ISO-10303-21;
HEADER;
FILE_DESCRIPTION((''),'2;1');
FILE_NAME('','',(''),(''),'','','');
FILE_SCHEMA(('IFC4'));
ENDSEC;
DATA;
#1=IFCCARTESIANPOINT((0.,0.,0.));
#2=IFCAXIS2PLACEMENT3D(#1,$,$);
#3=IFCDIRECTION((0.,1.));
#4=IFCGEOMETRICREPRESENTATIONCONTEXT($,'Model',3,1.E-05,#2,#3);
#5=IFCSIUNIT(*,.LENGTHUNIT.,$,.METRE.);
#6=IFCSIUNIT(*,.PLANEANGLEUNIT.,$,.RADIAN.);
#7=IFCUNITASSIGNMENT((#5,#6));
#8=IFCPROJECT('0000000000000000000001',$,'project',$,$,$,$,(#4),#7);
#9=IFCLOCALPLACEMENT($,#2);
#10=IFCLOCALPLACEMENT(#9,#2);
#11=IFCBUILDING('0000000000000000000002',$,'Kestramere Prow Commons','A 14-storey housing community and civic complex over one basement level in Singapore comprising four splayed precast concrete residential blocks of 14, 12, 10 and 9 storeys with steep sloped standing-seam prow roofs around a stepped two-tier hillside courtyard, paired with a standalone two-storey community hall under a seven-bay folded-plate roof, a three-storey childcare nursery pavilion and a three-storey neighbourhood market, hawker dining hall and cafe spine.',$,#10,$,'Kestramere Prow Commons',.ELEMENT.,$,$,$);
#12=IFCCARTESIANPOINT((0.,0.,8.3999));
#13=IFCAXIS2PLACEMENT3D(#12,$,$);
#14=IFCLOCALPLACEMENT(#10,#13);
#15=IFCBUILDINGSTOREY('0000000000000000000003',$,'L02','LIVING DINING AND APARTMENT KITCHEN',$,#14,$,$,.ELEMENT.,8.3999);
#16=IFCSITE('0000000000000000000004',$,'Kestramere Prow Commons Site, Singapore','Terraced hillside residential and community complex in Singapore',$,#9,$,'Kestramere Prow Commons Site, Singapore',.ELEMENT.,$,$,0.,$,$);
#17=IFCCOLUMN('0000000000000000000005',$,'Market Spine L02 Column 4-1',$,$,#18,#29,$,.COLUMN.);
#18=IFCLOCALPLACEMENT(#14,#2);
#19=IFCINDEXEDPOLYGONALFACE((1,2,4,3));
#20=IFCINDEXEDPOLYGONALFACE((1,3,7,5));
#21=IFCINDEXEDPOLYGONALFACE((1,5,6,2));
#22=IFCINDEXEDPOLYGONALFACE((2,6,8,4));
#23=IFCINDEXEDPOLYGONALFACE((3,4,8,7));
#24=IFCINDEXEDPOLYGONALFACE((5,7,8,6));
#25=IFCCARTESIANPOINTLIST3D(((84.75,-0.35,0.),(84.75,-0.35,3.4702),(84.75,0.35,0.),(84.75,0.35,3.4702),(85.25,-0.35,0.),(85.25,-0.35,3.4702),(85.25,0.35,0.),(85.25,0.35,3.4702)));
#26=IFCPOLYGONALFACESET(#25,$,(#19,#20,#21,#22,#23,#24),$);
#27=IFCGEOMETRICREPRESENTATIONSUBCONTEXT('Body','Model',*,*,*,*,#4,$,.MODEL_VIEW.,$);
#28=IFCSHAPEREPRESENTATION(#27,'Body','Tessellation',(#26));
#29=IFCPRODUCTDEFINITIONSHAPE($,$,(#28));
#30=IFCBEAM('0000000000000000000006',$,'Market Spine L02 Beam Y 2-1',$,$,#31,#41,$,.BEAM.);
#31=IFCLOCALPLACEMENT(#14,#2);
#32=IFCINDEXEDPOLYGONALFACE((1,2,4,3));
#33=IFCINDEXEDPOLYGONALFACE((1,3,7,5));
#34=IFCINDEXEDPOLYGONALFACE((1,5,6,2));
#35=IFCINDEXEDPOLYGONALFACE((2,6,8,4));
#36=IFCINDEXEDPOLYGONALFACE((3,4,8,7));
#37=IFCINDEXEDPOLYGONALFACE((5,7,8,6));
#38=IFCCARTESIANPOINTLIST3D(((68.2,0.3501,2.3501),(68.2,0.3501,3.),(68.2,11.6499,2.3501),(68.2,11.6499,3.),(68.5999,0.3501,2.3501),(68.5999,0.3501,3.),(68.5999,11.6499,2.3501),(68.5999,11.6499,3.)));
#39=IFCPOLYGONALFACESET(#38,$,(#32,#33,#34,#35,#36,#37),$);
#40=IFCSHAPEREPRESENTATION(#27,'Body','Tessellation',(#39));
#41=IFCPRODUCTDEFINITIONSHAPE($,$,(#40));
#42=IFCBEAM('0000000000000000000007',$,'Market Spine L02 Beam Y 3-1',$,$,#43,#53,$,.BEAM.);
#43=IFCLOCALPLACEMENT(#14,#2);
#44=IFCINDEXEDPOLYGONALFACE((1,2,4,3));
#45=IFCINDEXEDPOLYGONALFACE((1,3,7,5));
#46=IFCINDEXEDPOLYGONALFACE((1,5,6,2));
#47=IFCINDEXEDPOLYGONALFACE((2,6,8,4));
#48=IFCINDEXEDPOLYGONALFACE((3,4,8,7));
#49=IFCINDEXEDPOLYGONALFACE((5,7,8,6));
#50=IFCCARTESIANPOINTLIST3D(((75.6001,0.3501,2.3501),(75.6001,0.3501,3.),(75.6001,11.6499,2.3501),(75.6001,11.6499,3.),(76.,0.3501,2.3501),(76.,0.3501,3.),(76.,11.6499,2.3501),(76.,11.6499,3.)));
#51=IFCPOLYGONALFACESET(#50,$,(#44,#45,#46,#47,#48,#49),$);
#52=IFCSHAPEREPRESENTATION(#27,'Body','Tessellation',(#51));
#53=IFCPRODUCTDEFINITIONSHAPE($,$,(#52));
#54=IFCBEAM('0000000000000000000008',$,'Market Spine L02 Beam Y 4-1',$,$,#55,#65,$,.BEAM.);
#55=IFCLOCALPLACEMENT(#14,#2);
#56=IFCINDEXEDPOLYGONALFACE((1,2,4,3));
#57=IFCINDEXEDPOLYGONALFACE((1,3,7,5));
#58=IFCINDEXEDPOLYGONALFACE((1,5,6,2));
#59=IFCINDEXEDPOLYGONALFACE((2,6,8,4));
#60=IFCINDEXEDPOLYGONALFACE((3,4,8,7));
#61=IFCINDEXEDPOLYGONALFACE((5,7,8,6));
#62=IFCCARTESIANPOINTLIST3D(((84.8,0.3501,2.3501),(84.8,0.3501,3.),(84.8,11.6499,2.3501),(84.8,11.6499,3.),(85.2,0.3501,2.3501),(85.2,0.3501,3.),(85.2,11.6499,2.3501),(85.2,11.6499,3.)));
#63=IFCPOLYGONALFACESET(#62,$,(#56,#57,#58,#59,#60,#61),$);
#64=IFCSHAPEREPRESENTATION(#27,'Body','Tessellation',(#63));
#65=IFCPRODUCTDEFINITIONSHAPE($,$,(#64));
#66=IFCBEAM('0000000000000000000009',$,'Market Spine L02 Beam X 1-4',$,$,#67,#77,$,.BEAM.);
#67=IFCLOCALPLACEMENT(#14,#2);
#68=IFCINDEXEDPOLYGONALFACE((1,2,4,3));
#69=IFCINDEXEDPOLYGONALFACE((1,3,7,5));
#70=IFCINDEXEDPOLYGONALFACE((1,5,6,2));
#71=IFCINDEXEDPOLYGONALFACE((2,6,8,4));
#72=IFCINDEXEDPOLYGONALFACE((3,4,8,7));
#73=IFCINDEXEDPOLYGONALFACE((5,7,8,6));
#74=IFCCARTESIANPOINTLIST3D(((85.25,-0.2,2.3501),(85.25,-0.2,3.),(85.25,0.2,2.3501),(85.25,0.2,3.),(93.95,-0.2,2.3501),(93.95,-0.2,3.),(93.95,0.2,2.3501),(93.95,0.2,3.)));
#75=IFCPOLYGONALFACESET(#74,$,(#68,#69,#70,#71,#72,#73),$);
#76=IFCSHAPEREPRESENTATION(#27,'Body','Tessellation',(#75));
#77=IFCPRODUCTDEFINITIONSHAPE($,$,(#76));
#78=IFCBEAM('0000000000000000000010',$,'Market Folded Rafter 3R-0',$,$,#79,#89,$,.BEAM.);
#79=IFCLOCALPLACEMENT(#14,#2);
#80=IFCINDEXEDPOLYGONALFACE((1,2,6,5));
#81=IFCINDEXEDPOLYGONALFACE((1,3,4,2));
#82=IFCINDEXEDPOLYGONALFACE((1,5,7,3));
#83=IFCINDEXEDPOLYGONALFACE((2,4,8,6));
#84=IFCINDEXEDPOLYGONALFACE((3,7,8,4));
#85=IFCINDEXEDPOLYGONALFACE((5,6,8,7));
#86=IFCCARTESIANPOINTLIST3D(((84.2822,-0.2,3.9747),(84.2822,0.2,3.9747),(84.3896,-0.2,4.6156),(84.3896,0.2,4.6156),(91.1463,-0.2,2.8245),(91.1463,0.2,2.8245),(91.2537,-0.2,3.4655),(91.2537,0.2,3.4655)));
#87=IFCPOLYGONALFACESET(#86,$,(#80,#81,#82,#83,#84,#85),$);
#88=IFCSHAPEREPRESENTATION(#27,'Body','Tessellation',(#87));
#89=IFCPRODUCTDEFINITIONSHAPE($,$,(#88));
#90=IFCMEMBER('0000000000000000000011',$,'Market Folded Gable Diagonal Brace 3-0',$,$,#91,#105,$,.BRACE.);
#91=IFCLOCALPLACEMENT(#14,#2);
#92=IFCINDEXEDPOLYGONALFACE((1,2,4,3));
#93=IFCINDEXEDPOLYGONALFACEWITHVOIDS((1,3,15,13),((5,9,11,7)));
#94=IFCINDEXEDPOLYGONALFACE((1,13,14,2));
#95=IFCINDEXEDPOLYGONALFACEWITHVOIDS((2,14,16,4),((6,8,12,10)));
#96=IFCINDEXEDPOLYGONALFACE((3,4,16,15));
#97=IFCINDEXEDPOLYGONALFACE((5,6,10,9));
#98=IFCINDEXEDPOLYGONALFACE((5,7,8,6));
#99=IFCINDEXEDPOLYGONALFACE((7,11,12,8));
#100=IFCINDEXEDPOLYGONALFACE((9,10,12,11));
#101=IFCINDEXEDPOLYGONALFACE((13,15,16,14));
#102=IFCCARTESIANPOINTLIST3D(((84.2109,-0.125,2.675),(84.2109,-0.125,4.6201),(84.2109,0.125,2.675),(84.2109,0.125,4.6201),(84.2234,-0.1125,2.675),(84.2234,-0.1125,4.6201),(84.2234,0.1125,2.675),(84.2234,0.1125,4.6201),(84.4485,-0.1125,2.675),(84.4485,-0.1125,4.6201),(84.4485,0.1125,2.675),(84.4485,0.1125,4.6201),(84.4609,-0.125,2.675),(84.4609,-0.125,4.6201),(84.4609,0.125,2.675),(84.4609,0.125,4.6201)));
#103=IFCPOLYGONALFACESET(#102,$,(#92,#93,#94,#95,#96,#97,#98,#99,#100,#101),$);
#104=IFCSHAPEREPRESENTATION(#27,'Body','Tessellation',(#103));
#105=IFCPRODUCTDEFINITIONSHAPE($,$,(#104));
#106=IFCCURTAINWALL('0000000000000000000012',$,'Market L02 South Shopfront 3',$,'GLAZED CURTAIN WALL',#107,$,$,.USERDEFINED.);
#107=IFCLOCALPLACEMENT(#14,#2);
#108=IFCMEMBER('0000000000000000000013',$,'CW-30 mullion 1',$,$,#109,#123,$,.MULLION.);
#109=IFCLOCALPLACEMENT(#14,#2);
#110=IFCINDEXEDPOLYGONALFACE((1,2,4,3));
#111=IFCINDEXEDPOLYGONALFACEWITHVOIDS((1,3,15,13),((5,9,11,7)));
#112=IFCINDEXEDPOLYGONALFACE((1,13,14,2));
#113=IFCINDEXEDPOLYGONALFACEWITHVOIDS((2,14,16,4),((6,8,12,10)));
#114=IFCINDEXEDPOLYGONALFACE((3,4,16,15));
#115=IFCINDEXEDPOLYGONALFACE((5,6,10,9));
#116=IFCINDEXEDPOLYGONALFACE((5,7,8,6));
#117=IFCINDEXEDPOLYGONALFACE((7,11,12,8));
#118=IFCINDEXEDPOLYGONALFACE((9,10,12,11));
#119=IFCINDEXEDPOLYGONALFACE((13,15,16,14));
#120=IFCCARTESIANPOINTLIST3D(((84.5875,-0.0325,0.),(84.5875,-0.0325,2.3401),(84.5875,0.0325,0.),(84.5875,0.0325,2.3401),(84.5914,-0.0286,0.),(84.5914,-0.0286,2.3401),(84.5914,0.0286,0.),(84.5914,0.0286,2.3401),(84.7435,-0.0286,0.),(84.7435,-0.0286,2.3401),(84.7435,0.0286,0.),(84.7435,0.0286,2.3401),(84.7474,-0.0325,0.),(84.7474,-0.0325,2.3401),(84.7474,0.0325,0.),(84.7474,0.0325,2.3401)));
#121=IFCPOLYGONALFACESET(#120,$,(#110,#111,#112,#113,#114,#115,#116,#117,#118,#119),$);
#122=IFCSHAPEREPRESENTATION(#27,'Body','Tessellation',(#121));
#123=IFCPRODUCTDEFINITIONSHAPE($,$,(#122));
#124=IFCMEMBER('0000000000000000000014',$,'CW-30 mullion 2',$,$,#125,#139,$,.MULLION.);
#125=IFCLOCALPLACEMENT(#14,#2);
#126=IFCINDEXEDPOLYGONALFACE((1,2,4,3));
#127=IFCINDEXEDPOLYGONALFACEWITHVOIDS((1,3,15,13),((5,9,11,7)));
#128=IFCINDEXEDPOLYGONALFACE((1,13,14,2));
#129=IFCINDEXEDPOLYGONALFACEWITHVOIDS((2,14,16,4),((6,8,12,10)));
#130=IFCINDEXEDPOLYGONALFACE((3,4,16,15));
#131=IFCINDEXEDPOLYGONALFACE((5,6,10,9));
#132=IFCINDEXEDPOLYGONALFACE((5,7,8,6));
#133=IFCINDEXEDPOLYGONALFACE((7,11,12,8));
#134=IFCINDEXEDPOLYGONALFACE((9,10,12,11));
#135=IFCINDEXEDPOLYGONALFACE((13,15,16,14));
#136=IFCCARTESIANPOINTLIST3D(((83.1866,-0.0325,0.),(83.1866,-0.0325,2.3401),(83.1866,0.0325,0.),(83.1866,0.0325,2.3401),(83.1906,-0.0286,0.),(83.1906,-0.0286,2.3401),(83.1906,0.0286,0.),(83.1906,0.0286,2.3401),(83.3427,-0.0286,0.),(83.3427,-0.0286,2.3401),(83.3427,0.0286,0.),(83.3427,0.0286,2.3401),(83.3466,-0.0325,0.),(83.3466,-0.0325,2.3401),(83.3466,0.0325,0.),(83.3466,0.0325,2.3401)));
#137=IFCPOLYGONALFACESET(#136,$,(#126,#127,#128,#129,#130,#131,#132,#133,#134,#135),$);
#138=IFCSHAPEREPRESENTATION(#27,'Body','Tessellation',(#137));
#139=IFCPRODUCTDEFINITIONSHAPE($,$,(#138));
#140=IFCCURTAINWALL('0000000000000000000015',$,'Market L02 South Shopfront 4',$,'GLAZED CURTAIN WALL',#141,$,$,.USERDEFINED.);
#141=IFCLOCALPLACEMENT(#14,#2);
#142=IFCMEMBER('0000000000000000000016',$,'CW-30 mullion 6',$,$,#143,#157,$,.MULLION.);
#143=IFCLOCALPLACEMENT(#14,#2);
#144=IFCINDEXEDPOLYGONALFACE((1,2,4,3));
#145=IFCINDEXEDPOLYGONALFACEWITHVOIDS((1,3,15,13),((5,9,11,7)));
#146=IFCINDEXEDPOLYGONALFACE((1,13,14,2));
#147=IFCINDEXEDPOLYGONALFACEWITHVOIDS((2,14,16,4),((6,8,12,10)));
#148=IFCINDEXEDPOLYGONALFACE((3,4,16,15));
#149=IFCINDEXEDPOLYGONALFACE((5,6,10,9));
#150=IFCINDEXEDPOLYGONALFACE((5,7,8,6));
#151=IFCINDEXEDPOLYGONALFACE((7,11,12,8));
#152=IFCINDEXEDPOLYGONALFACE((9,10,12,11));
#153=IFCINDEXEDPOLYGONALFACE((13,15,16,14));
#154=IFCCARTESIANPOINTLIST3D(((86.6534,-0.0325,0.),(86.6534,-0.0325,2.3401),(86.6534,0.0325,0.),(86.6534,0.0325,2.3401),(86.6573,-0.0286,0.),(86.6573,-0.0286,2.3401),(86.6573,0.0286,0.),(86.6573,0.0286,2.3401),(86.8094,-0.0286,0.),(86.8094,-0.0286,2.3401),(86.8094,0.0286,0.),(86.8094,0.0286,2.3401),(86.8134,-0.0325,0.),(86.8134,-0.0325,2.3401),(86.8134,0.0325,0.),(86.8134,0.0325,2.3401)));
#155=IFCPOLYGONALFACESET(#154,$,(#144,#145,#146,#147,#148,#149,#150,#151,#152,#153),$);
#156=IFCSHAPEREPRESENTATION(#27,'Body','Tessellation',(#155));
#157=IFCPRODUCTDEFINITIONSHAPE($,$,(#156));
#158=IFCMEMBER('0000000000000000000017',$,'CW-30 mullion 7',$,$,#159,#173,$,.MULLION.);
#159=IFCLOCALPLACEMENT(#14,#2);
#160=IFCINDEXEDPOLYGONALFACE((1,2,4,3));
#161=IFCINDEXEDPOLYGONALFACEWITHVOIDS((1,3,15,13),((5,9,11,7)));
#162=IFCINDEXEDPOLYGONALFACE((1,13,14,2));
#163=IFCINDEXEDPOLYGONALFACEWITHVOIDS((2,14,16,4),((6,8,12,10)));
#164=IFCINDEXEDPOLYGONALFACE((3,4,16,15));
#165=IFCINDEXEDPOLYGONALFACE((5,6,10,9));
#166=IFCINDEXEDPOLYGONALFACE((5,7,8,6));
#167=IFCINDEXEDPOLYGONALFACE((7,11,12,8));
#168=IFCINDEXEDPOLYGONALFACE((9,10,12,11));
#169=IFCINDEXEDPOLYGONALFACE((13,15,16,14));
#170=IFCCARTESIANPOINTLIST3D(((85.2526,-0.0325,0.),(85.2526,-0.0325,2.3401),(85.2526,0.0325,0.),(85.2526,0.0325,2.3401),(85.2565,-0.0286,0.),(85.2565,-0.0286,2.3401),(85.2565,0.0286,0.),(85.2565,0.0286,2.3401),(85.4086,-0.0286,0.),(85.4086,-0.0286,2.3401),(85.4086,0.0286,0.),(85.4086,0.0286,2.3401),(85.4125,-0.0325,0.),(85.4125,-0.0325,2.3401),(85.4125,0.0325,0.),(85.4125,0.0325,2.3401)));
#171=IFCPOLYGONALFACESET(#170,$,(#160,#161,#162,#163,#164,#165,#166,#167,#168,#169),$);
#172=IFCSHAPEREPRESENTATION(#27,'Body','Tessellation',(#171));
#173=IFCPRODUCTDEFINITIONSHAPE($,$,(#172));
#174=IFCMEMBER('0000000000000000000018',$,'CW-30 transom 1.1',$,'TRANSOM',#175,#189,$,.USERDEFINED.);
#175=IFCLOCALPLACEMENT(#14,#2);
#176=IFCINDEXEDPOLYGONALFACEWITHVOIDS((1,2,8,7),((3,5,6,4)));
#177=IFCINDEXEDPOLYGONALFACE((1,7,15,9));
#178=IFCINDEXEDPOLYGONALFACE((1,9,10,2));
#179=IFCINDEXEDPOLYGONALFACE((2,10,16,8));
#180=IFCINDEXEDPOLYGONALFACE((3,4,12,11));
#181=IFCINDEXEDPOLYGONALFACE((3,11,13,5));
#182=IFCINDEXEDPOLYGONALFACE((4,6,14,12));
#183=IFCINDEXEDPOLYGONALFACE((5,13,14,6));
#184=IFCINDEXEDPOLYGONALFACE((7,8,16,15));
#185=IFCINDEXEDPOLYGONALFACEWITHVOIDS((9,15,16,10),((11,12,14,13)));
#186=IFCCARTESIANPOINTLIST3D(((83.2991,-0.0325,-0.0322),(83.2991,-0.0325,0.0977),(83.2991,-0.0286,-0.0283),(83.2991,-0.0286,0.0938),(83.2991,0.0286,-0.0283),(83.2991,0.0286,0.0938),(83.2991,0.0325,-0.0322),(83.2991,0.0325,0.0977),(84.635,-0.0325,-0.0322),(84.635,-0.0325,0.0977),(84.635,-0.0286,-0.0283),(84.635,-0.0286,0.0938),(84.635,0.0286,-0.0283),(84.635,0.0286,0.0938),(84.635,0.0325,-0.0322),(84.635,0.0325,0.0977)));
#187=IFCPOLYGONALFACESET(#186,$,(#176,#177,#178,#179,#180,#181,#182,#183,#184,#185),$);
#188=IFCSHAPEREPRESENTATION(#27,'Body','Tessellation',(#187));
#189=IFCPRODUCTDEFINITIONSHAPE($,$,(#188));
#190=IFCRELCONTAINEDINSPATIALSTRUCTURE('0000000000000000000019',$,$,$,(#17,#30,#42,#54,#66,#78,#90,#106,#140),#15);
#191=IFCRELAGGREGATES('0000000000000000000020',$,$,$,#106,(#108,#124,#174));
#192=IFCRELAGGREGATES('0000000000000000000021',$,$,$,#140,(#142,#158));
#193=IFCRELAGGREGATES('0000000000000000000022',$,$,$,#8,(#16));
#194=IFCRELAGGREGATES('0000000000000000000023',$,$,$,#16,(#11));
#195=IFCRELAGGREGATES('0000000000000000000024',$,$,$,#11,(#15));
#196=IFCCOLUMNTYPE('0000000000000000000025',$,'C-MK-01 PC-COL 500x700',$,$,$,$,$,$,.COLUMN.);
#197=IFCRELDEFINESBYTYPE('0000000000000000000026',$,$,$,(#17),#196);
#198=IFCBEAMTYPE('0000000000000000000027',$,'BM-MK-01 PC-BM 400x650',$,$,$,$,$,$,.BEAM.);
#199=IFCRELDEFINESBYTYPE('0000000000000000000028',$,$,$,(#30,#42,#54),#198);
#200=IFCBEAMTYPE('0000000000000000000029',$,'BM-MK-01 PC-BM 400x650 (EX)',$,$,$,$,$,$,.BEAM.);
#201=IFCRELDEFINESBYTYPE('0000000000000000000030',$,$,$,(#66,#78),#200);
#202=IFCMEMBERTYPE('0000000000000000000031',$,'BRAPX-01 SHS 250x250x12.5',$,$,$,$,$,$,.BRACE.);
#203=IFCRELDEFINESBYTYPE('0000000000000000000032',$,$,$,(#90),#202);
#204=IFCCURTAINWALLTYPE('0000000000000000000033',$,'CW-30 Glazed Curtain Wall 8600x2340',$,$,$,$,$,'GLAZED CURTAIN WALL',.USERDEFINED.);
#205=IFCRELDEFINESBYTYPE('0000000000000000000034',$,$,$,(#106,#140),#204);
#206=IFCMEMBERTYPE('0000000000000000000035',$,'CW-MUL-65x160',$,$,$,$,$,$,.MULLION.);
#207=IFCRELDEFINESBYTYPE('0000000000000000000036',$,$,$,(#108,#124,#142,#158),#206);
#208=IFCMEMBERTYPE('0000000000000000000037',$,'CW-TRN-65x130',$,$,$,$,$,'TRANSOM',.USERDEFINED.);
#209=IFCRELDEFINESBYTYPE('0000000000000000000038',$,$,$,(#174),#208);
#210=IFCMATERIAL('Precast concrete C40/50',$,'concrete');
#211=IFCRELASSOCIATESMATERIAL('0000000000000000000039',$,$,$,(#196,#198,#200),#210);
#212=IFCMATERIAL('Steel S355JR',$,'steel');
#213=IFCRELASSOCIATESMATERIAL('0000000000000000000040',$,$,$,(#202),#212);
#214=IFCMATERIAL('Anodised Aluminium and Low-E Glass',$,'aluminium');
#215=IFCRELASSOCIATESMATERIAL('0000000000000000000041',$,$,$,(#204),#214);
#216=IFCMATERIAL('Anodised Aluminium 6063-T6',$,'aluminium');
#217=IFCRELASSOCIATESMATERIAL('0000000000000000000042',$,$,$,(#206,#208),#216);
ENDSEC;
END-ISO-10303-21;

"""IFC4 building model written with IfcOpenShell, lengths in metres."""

from ifc_helpers import new_model, si_unit, direction, frame, origin, origin_2d, place, context, subcontext, project, spatial, rectangle, hollow_rectangle, extrude, material, material_profile, profile_set, type_object, element, aggregate, save


model = new_model("IFC4")

# Units and contexts
model_context = context("Model", 3, precision=1e-05, world=origin(), true_north=direction((0.0, 1.0)))
body_context = subcontext(model_context, "Body", "Model", "MODEL_VIEW")
ifc_project = project(units=[si_unit("LENGTHUNIT", "METRE"), si_unit("PLANEANGLEUNIT", "RADIAN")], contexts=[model_context])

# Site, building, storey
site_placement = place(None, origin())
site = spatial("IfcSite", under=ifc_project, at=site_placement, Name="Kestramere Prow Commons Site, Singapore", Description="Terraced hillside residential and community complex in Singapore", LongName="Kestramere Prow Commons Site, Singapore", CompositionType="ELEMENT", RefElevation=0.0)
building_placement = place(site_placement, origin())
building = spatial("IfcBuilding", under=site, at=building_placement, Name="Kestramere Prow Commons", Description="A 14-storey housing community and civic complex over one basement level in Singapore comprising four splayed precast concrete residential blocks of 14, 12, 10 and 9 storeys with steep sloped standing-seam prow roofs around a stepped two-tier hillside courtyard, paired with a standalone two-storey community hall under a seven-bay folded-plate roof, a three-storey childcare nursery pavilion and a three-storey neighbourhood market, hawker dining hall and cafe spine.", LongName="Kestramere Prow Commons", CompositionType="ELEMENT")
storey_placement = place(building_placement, frame((0.0, 0.0, 8.3999)))
storey = spatial("IfcBuildingStorey", under=building, at=storey_placement, Name="L02", Description="LIVING DINING AND APARTMENT KITCHEN", CompositionType="ELEMENT", Elevation=8.3999)

# Column
ifc_material_1 = material(Name="Precast concrete C40/50", Category="concrete")
ifc_material_profile_1 = material_profile(ifc_material_1, rectangle(XDim=0.5, YDim=0.7, at=origin_2d()), Name="PC-COL 500x700")
ifc_profile_set_1 = profile_set([ifc_material_profile_1], Name="Precast concrete C40/50")
column_type = type_object("IfcColumnType", Name="C-MK-01 PC-COL 500x700", PredefinedType="COLUMN", material=ifc_profile_set_1)
column_placement = place(storey_placement, frame((85.0, 0.0, 0.0), z_axis=(0.0, 0.0, 1.0), x_axis=(1.0, 0.0, 0.0)))
element("IfcColumn", 1, at=column_placement, inside=storey, type_object=column_type, Name="Market Spine L02 Column 4-1", PredefinedType="COLUMN", context=body_context, shape_type="SweptSolid", body=[
    extrude(rectangle(XDim=0.5, YDim=0.7, at=origin_2d()), origin(), (0.0, 0.0, 1.0), 3.4702),
])

# Beams
ifc_material_profile_2 = material_profile(ifc_material_1, rectangle(XDim=0.3999, YDim=0.6499, at=origin_2d()), Name="PC-BM 400x650")
ifc_profile_set_2 = profile_set([ifc_material_profile_2], Name="Precast concrete C40/50")
beam_type_1 = type_object("IfcBeamType", Name="BM-MK-01 PC-BM 400x650", PredefinedType="BEAM", material=ifc_profile_set_2)
for number, where, z_axis, x_axis, name in (
    (2, (68.3999, 0.3501, 2.675), (0.0, 1.0, 0.0), (-1.0, 0.0, 0.0), "Market Spine L02 Beam Y 2-1"),
    (3, (75.8, 0.3501, 2.675), (0.0, 1.0, 0.0), (-1.0, 0.0, 0.0), "Market Spine L02 Beam Y 3-1"),
    (4, (85.0, 0.3501, 2.675), (0.0, 1.0, 0.0), (-1.0, 0.0, 0.0), "Market Spine L02 Beam Y 4-1"),
):
    element("IfcBeam", number, at=place(storey_placement, frame(where, z_axis=z_axis, x_axis=x_axis)), inside=storey, type_object=beam_type_1, Name=name, PredefinedType="BEAM", context=body_context, shape_type="SweptSolid", body=[
        extrude(rectangle(XDim=0.3999, YDim=0.6499, at=origin_2d()), origin(), (0.0, 0.0, 1.0), 11.2998),
    ])
ifc_material_profile_3 = material_profile(ifc_material_1, rectangle(XDim=0.3999, YDim=0.6499, at=origin_2d()), Name="PC-BM 400x650")
ifc_profile_set_3 = profile_set([ifc_material_profile_3], Name="Precast concrete C40/50")
beam_type_2 = type_object("IfcBeamType", Name="BM-MK-01 PC-BM 400x650 (EX)", PredefinedType="BEAM", material=ifc_profile_set_3)
beam_1_placement = place(storey_placement, frame((85.25, 0.0, 2.675), z_axis=(1.0, 0.0, 0.0), x_axis=(0.0, 1.0, 0.0)))
element("IfcBeam", 5, at=beam_1_placement, inside=storey, type_object=beam_type_2, Name="Market Spine L02 Beam X 1-4", PredefinedType="BEAM", context=body_context, shape_type="SweptSolid", body=[
    extrude(rectangle(XDim=0.3999, YDim=0.6499, at=origin_2d()), origin(), (0.0, 0.0, 1.0), 8.7),
])
beam_2_placement = place(storey_placement, frame((84.3359, 0.0, 4.2952), z_axis=(0.98625, 0.0, -0.165258), x_axis=(0.0, 1.0, 0.0)))
element("IfcBeam", 6, at=beam_2_placement, inside=storey, type_object=beam_type_2, Name="Market Folded Rafter 3R-0", PredefinedType="BEAM", context=body_context, shape_type="SweptSolid", body=[
    extrude(rectangle(XDim=0.3999, YDim=0.6499, at=origin_2d()), origin(), (0.0, 0.0, 1.0), 6.9597),
])

# Member
ifc_material_2 = material(Name="Steel S355JR", Category="steel")
ifc_material_profile_4 = material_profile(ifc_material_2, hollow_rectangle(XDim=0.25, YDim=0.25, WallThickness=0.0125, at=origin_2d()), Name="SHS 250x250x12.5")
ifc_profile_set_4 = profile_set([ifc_material_profile_4], Name="Steel S355JR")
member_type_1 = type_object("IfcMemberType", Name="BRAPX-01 SHS 250x250x12.5", PredefinedType="BRACE", material=ifc_profile_set_4)
member_1_placement = place(storey_placement, frame((84.3359, 0.0, 2.675), z_axis=(0.0, 0.0, 1.0), x_axis=(1.0, 0.0, 0.0)))
element("IfcMember", 7, at=member_1_placement, inside=storey, type_object=member_type_1, Name="Market Folded Gable Diagonal Brace 3-0", PredefinedType="BRACE", context=body_context, shape_type="SweptSolid", body=[
    extrude(hollow_rectangle(XDim=0.25, YDim=0.25, WallThickness=0.0125, at=origin_2d()), origin(), (0.0, 0.0, 1.0), 1.9451),
])

# Curtain walls, members
ifc_material_3 = material(Name="Anodised Aluminium and Low-E Glass", Category="aluminium")
curtain_wall_type = type_object("IfcCurtainWallType", Name="CW-30 Glazed Curtain Wall 8600x2340", ElementType="GLAZED CURTAIN WALL", PredefinedType="USERDEFINED", material=ifc_material_3)
curtain_wall_1_placement = place(storey_placement, origin())
curtain_wall_1 = element("IfcCurtainWall", 8, at=curtain_wall_1_placement, inside=storey, type_object=curtain_wall_type, Name="Market L02 South Shopfront 3", ObjectType="GLAZED CURTAIN WALL", PredefinedType="USERDEFINED")
ifc_material_4 = material(Name="Anodised Aluminium 6063-T6", Category="aluminium")
ifc_material_profile_5 = material_profile(ifc_material_4, hollow_rectangle(XDim=0.0649, YDim=0.1599, WallThickness=0.0039, at=origin_2d()), Name="ALU-MUL 65x160")
ifc_profile_set_5 = profile_set([ifc_material_profile_5], Name="Anodised Aluminium 6063-T6")
member_type_2 = type_object("IfcMemberType", Name="CW-MUL-65x160", PredefinedType="MULLION", material=ifc_profile_set_5)
member_2_placement = place(storey_placement, frame((84.6675, 0.0, 0.0), z_axis=(0.0, 0.0, 1.0), x_axis=(0.0, -1.0, 0.0)))
member_2 = element("IfcMember", 9, at=member_2_placement, type_object=member_type_2, Name="CW-30 mullion 1", PredefinedType="MULLION", context=body_context, shape_type="SweptSolid", body=[
    extrude(hollow_rectangle(XDim=0.0649, YDim=0.1599, WallThickness=0.0039, at=origin_2d()), origin(), (0.0, 0.0, 1.0), 2.3401),
])
member_3_placement = place(storey_placement, frame((83.2666, 0.0, 0.0), z_axis=(0.0, 0.0, 1.0), x_axis=(0.0, -1.0, 0.0)))
member_3 = element("IfcMember", 10, at=member_3_placement, type_object=member_type_2, Name="CW-30 mullion 2", PredefinedType="MULLION", context=body_context, shape_type="SweptSolid", body=[
    extrude(hollow_rectangle(XDim=0.0649, YDim=0.1599, WallThickness=0.0039, at=origin_2d()), origin(), (0.0, 0.0, 1.0), 2.3401),
])
curtain_wall_2_placement = place(storey_placement, origin())
curtain_wall_2 = element("IfcCurtainWall", 11, at=curtain_wall_2_placement, inside=storey, type_object=curtain_wall_type, Name="Market L02 South Shopfront 4", ObjectType="GLAZED CURTAIN WALL", PredefinedType="USERDEFINED")
member_4_placement = place(storey_placement, frame((86.7334, 0.0, 0.0), z_axis=(0.0, 0.0, 1.0), x_axis=(0.0, -1.0, 0.0)))
member_4 = element("IfcMember", 12, at=member_4_placement, type_object=member_type_2, Name="CW-30 mullion 6", PredefinedType="MULLION", context=body_context, shape_type="SweptSolid", body=[
    extrude(hollow_rectangle(XDim=0.0649, YDim=0.1599, WallThickness=0.0039, at=origin_2d()), origin(), (0.0, 0.0, 1.0), 2.3401),
])
member_5_placement = place(storey_placement, frame((85.3325, 0.0, 0.0), z_axis=(0.0, 0.0, 1.0), x_axis=(0.0, -1.0, 0.0)))
member_5 = element("IfcMember", 13, at=member_5_placement, type_object=member_type_2, Name="CW-30 mullion 7", PredefinedType="MULLION", context=body_context, shape_type="SweptSolid", body=[
    extrude(hollow_rectangle(XDim=0.0649, YDim=0.1599, WallThickness=0.0039, at=origin_2d()), origin(), (0.0, 0.0, 1.0), 2.3401),
])

# Member
ifc_material_profile_6 = material_profile(ifc_material_4, hollow_rectangle(XDim=0.0649, YDim=0.1299, WallThickness=0.0039, at=origin_2d()), Name="ALU-TRN 65x130")
ifc_profile_set_6 = profile_set([ifc_material_profile_6], Name="Anodised Aluminium 6063-T6")
member_type_3 = type_object("IfcMemberType", Name="CW-TRN-65x130", ElementType="TRANSOM", PredefinedType="USERDEFINED", material=ifc_profile_set_6)
member_6_placement = place(storey_placement, frame((84.635, 0.0, 0.0327), z_axis=(-1.0, 0.0, 0.0), x_axis=(0.0, -1.0, 0.0)))
member_6 = element("IfcMember", 14, at=member_6_placement, type_object=member_type_3, Name="CW-30 transom 1.1", ObjectType="TRANSOM", PredefinedType="USERDEFINED", context=body_context, shape_type="SweptSolid", body=[
    extrude(hollow_rectangle(XDim=0.0649, YDim=0.1299, WallThickness=0.0039, at=origin_2d()), origin(), (0.0, 0.0, 1.0), 1.3359),
])

aggregate(curtain_wall_1, [member_2, member_3, member_6])
aggregate(curtain_wall_2, [member_4, member_5])

save(model, "model.ifc")
